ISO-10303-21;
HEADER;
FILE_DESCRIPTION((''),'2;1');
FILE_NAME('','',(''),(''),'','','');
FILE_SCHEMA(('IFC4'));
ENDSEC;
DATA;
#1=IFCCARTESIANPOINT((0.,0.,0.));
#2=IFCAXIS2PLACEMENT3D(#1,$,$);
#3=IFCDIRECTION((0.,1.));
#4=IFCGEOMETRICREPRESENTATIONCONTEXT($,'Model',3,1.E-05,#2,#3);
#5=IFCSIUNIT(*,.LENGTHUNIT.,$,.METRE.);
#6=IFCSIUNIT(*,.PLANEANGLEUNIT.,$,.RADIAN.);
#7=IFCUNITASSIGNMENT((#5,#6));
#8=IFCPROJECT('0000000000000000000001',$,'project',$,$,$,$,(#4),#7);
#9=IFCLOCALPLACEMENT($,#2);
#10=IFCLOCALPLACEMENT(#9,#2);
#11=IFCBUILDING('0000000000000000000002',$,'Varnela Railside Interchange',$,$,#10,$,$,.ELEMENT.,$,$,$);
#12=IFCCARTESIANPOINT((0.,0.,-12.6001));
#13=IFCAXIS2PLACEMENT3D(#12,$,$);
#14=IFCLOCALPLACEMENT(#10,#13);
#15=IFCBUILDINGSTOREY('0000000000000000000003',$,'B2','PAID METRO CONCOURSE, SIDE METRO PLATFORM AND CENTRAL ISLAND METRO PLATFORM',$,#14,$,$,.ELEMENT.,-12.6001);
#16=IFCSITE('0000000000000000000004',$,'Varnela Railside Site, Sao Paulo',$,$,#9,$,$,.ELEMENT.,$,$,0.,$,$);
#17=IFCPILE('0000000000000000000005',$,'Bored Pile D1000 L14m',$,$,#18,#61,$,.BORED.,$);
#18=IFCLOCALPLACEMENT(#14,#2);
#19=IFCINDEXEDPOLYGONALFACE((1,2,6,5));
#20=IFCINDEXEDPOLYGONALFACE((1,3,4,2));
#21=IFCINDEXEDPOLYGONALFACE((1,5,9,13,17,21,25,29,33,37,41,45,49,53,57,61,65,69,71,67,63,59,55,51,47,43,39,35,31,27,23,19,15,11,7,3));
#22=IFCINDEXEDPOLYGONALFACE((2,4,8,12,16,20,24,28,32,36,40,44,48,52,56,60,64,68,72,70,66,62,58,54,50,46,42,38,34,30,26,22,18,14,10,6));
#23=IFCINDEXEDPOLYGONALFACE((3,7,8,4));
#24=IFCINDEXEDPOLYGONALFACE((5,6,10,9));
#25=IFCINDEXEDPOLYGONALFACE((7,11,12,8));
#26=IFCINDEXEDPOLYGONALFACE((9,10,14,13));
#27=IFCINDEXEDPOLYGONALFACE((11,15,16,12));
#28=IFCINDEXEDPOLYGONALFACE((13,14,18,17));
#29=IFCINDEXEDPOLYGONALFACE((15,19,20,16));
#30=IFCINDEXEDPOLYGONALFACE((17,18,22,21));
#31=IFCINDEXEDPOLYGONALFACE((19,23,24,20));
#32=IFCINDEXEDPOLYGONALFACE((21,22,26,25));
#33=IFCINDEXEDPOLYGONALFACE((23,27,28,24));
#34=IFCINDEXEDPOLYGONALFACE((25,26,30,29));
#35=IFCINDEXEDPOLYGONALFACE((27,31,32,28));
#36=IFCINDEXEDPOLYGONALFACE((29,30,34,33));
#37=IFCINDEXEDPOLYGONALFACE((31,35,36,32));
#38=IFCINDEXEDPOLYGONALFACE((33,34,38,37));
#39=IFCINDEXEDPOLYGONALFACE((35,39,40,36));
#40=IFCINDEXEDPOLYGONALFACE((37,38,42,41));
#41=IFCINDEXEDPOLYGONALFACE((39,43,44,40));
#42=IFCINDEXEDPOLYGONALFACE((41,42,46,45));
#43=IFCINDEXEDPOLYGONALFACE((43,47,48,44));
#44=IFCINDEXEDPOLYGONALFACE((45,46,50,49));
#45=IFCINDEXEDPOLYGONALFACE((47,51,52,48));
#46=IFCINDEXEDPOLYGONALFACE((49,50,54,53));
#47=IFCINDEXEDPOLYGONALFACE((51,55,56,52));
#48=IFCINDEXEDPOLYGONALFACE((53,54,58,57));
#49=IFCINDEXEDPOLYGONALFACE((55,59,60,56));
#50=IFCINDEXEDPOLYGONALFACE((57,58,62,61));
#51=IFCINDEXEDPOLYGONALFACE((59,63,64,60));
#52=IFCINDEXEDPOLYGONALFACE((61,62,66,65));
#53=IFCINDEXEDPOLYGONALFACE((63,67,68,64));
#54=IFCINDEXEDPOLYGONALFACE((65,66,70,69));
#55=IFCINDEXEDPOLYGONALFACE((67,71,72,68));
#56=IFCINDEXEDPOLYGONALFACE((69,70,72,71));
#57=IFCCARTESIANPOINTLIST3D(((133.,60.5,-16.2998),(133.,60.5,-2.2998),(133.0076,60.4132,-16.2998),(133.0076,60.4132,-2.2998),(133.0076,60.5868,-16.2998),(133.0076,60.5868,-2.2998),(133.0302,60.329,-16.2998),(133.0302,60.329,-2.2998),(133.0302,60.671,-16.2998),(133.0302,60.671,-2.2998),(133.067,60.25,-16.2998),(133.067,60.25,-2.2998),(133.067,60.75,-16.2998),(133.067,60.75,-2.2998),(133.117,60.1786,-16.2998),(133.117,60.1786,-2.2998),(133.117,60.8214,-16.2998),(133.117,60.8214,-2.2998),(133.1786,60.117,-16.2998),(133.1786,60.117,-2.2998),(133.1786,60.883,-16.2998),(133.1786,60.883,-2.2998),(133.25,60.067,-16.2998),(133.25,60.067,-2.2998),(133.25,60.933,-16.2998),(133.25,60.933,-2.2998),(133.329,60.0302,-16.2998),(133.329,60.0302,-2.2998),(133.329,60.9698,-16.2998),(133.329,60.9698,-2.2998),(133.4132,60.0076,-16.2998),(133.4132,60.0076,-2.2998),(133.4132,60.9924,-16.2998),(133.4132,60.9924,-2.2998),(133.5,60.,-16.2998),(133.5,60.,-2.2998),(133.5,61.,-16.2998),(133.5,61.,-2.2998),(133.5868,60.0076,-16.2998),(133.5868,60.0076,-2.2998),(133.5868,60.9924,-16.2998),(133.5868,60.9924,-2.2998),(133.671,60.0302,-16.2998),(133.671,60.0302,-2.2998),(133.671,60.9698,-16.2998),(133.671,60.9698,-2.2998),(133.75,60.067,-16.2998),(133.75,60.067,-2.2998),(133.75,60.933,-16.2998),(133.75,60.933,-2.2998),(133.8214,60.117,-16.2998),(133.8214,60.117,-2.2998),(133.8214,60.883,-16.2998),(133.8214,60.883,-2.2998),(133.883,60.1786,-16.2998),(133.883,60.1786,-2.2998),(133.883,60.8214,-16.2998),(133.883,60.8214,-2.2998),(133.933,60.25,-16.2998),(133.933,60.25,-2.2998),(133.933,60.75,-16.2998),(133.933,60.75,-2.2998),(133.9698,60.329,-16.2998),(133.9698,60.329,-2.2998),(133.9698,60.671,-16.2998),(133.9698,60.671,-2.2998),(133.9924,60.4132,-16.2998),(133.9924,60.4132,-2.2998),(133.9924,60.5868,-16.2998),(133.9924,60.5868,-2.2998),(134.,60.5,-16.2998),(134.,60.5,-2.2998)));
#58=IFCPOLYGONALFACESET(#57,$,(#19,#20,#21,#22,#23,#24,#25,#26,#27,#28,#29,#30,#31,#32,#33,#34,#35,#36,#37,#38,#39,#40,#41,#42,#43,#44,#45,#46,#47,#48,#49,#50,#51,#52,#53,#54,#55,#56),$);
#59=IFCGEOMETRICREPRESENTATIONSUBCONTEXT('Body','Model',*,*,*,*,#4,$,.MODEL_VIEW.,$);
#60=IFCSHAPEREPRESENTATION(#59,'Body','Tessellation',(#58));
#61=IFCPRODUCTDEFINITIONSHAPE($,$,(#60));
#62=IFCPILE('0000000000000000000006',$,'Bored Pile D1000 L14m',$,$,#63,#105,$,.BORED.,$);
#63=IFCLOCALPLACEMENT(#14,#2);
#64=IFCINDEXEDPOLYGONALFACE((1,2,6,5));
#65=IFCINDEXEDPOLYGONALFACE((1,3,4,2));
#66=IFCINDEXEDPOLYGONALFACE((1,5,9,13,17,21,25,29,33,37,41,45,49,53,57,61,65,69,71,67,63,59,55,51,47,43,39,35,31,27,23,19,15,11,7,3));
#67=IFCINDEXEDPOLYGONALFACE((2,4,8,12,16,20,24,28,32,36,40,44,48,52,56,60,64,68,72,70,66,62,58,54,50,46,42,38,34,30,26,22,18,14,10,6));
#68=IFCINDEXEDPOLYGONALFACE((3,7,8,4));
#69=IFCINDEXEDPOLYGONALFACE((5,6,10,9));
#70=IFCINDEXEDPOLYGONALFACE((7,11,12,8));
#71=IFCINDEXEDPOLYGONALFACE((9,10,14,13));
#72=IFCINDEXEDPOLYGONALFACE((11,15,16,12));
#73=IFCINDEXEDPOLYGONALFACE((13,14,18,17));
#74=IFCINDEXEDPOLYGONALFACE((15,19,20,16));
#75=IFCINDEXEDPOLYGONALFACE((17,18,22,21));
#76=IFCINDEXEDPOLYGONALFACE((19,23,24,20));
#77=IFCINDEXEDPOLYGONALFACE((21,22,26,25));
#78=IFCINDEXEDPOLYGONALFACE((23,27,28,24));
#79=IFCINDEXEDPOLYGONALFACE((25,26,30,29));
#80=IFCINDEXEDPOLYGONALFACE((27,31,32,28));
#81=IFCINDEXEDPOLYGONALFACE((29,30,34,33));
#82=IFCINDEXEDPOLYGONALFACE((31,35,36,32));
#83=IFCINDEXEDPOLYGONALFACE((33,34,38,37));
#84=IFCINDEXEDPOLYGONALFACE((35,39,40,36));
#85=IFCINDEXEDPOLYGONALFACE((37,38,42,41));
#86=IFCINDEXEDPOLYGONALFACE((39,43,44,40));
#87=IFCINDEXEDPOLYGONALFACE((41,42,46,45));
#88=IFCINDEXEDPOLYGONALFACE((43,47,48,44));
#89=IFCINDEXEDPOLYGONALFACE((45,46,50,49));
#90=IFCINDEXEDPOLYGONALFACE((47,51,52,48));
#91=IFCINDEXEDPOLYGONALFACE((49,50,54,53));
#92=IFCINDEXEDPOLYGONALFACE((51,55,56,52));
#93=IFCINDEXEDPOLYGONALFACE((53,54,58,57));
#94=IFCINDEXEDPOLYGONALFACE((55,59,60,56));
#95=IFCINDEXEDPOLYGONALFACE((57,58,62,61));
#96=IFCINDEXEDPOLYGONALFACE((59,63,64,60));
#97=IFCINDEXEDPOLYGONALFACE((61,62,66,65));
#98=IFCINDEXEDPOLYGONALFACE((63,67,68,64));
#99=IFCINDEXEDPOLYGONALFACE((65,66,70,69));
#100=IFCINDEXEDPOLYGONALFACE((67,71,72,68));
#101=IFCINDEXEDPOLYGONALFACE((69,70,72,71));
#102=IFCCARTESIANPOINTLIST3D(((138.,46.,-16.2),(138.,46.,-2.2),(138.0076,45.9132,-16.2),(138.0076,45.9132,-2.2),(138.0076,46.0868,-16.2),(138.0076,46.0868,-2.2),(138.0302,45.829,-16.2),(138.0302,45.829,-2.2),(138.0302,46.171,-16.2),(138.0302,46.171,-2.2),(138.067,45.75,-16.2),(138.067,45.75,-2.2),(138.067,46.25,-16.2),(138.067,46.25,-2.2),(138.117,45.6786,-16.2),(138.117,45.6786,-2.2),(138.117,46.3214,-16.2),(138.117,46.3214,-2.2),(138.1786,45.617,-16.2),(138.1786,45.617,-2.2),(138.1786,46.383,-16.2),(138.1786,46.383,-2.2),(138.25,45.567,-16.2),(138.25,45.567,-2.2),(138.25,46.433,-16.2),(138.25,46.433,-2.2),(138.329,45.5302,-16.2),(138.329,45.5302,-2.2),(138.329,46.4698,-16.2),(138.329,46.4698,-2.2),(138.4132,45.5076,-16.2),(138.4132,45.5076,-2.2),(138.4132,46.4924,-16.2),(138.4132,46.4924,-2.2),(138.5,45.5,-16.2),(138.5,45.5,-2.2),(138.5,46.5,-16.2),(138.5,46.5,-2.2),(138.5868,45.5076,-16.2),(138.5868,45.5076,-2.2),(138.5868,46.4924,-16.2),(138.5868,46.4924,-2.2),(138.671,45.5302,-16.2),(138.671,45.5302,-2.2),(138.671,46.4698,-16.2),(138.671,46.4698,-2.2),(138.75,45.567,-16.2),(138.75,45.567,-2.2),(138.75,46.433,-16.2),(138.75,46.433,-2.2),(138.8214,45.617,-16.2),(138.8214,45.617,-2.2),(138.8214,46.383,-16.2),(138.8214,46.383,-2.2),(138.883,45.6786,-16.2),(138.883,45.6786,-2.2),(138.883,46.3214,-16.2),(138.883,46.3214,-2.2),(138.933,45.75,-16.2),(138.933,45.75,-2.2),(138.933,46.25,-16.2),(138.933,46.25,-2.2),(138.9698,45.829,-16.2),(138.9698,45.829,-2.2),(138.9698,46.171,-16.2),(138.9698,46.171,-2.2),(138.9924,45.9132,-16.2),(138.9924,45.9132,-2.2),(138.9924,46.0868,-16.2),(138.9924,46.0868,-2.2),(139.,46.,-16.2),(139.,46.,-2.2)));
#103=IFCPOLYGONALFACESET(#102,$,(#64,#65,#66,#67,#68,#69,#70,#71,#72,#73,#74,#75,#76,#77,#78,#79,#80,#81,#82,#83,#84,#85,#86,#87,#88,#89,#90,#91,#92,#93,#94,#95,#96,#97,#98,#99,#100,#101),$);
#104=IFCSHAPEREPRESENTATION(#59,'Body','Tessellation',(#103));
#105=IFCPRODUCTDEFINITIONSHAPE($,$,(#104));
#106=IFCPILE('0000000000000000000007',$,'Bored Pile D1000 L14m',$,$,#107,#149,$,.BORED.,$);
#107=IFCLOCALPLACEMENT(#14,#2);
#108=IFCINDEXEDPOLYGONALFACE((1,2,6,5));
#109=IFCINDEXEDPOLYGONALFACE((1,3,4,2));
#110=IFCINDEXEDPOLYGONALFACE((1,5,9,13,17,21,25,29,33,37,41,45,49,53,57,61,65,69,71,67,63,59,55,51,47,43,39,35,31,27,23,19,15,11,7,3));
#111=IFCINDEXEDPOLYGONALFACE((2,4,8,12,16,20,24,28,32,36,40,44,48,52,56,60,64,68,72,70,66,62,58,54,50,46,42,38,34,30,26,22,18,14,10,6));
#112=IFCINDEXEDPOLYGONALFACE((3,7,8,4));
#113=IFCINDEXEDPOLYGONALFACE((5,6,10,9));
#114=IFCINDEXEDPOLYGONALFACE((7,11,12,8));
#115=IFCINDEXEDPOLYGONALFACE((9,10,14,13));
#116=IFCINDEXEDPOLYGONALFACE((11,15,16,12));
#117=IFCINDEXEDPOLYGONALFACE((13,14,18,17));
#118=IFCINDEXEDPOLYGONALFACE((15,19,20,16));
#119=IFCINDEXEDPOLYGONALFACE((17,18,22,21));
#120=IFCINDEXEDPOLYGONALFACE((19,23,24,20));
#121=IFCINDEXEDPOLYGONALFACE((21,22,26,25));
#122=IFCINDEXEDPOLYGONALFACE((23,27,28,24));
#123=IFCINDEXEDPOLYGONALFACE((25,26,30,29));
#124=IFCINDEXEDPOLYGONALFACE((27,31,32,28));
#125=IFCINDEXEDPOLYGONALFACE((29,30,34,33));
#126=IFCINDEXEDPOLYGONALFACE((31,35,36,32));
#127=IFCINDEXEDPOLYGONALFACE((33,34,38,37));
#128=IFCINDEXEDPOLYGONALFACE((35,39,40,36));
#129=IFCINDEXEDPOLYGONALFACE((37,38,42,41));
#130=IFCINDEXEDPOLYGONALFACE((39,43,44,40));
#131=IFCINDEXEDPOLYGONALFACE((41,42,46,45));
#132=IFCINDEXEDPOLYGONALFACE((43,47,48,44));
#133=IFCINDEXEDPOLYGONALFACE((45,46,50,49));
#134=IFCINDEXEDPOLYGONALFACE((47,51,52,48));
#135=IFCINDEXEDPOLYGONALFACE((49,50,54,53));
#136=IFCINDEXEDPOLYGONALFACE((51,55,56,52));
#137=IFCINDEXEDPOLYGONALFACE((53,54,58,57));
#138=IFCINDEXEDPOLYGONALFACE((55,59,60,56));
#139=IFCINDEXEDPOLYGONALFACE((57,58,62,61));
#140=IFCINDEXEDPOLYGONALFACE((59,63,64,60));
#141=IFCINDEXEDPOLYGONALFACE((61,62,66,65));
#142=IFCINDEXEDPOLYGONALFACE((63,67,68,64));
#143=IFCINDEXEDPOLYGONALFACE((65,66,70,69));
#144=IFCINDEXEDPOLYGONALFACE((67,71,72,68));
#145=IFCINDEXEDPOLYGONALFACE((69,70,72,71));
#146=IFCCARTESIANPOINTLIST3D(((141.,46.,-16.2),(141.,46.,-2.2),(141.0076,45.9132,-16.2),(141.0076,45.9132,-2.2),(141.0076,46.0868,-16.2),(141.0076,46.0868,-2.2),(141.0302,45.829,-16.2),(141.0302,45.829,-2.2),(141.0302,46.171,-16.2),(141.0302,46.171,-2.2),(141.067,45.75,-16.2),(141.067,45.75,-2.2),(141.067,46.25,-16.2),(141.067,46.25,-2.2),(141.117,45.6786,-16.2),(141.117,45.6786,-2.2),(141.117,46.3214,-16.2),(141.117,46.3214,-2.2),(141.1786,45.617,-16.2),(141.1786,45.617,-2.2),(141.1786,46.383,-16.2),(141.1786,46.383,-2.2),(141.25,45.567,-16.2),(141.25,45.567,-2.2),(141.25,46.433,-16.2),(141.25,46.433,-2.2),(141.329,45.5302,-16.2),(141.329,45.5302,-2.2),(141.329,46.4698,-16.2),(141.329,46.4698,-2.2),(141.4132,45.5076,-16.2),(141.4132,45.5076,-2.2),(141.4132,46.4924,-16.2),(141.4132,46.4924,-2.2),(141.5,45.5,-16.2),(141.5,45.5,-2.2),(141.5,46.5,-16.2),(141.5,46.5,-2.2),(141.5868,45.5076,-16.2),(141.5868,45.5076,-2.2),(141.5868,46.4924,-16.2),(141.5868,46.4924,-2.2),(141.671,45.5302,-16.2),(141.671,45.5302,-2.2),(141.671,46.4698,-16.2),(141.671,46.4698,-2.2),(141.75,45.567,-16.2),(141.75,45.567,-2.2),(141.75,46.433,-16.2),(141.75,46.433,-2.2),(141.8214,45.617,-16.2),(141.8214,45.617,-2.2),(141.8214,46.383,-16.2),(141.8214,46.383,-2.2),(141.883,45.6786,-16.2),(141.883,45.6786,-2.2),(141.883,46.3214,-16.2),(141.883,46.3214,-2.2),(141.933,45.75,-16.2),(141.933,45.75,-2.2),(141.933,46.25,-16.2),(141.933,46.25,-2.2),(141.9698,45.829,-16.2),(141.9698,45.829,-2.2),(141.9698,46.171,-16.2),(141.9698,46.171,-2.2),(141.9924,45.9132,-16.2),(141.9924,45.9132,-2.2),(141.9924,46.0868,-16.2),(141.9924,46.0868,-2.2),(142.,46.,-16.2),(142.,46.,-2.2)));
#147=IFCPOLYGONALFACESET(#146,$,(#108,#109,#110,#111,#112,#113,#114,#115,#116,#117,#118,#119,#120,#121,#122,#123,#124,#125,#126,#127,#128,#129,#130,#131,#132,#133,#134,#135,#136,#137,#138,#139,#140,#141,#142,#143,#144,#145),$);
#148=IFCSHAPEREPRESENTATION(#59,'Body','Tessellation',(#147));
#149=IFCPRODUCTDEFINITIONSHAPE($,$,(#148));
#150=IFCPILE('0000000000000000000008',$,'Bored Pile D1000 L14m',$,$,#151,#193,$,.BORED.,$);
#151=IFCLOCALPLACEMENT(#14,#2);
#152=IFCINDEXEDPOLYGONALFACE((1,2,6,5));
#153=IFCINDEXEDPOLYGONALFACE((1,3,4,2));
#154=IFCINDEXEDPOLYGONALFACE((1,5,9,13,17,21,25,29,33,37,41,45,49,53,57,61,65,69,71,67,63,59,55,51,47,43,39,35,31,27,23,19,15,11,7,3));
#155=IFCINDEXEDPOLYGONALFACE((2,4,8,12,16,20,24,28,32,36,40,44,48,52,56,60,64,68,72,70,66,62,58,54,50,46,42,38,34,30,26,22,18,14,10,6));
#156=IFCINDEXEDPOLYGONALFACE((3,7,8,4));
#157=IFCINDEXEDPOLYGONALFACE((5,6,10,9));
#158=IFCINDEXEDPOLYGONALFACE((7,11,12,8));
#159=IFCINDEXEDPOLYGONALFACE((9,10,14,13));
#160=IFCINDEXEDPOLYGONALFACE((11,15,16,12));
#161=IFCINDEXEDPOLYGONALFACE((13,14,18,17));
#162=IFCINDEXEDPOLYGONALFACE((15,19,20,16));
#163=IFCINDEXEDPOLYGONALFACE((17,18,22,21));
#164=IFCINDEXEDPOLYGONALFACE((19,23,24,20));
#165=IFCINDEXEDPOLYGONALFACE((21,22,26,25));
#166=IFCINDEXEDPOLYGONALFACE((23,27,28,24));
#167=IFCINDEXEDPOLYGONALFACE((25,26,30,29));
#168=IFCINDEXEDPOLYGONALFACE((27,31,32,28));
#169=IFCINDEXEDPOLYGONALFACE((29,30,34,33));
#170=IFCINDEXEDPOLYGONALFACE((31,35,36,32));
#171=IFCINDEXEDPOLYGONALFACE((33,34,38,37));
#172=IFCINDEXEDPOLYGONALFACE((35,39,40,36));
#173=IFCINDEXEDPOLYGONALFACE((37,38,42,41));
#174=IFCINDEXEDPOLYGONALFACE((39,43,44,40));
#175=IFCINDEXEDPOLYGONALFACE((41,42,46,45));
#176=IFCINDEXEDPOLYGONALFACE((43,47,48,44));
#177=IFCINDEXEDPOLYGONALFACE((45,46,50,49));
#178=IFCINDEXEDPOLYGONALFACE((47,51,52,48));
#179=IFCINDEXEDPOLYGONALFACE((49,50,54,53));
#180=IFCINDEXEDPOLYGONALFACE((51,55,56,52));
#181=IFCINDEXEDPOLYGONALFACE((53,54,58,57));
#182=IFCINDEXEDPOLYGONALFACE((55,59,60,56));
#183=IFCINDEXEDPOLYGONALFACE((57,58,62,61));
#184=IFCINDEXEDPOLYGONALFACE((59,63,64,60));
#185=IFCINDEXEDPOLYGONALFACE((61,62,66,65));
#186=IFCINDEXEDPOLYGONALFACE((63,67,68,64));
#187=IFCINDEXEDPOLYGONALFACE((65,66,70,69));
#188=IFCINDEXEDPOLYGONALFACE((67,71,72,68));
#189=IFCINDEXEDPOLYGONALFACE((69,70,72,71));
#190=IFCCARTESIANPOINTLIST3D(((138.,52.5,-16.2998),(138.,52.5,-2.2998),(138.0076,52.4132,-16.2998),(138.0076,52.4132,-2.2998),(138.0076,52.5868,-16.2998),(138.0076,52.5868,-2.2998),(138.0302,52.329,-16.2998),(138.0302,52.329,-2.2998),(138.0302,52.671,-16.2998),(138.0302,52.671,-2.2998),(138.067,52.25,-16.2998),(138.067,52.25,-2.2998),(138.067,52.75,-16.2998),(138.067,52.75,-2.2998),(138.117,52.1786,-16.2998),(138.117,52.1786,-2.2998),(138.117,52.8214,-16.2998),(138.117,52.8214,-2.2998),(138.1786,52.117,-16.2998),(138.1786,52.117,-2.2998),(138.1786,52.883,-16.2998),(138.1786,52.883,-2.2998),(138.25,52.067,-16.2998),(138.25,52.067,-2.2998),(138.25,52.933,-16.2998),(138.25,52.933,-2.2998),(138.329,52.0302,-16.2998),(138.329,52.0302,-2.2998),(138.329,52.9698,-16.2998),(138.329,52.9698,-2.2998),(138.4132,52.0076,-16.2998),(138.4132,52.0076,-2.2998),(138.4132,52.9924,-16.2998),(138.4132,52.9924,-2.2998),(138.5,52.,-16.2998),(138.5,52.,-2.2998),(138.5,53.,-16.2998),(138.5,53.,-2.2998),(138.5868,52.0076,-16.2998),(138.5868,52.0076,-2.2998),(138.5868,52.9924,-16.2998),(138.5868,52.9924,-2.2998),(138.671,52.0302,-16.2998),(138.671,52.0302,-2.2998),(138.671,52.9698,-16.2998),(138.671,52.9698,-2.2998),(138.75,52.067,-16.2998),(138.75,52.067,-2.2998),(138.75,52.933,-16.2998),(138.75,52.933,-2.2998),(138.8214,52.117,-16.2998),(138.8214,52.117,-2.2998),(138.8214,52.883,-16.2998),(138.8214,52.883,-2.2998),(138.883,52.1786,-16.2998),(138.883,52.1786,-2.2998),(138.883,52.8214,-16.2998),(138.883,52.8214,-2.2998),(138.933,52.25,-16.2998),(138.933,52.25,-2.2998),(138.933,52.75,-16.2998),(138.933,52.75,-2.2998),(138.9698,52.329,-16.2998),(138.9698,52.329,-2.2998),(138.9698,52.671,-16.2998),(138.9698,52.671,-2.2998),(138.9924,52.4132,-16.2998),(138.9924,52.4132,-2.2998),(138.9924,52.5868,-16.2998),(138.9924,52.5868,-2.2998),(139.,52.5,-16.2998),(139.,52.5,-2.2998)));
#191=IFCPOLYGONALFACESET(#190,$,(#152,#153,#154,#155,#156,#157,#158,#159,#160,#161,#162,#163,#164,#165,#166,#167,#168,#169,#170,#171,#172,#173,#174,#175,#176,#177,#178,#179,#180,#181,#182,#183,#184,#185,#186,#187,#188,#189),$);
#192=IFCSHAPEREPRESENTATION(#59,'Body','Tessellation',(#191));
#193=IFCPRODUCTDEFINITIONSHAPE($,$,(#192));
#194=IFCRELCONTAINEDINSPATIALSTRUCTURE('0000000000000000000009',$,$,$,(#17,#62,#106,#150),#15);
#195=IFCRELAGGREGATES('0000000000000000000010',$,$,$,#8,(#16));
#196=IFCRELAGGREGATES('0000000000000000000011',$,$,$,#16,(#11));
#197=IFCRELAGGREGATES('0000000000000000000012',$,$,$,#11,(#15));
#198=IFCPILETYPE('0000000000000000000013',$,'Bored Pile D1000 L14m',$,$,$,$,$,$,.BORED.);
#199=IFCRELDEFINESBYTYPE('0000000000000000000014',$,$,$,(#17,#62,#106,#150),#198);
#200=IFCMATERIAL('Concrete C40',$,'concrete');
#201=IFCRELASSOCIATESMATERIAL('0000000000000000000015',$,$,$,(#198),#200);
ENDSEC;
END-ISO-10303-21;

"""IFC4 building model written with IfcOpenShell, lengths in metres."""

from ifc_helpers import new_model, si_unit, direction, frame, origin, origin_2d, place, context, subcontext, project, spatial, circle, extrude, material, material_profile, profile_set, type_object, element, save


model = new_model("IFC4")

# Units and contexts
model_context = context("Model", 3, precision=1e-05, world=origin(), true_north=direction((0.0, 1.0)))
body_context = subcontext(model_context, "Body", "Model", "MODEL_VIEW")
ifc_project = project(units=[si_unit("LENGTHUNIT", "METRE"), si_unit("PLANEANGLEUNIT", "RADIAN")], contexts=[model_context])

# Site, building, storey
site_placement = place(None, origin())
site = spatial("IfcSite", under=ifc_project, at=site_placement, Name="Varnela Railside Site, Sao Paulo", CompositionType="ELEMENT", RefElevation=0.0)
building_placement = place(site_placement, origin())
building = spatial("IfcBuilding", under=site, at=building_placement, Name="Varnela Railside Interchange", CompositionType="ELEMENT")
storey_placement = place(building_placement, frame((0.0, 0.0, -12.6001)))
storey = spatial("IfcBuildingStorey", under=building, at=storey_placement, Name="B2", Description="PAID METRO CONCOURSE, SIDE METRO PLATFORM AND CENTRAL ISLAND METRO PLATFORM", CompositionType="ELEMENT", Elevation=-12.6001)

# Piles
ifc_material_1 = material(Name="Concrete C40", Category="concrete")
ifc_material_profile_1 = material_profile(ifc_material_1, circle(Radius=0.5, at=origin_2d()), Name="BORED PILE D1000")
ifc_profile_set_1 = profile_set([ifc_material_profile_1], Name="Concrete C40")
pile_type_1 = type_object("IfcPileType", Name="Bored Pile D1000 L14m", PredefinedType="BORED", material=ifc_profile_set_1)
for number, where, z_axis, x_axis, name in (
    (1, (133.5, 60.5, -2.2998), (0.0, 0.0, -1.0), (1.0, 0.0, 0.0), "Bored Pile D1000 L14m"),
    (2, (138.5, 46.0, -2.2), (0.0, 0.0, -1.0), (1.0, 0.0, 0.0), "Bored Pile D1000 L14m"),
    (3, (141.5, 46.0, -2.2), (0.0, 0.0, -1.0), (1.0, 0.0, 0.0), "Bored Pile D1000 L14m"),
    (4, (138.5, 52.5, -2.2998), (0.0, 0.0, -1.0), (1.0, 0.0, 0.0), "Bored Pile D1000 L14m"),
):
    element("IfcPile", number, at=place(storey_placement, frame(where, z_axis=z_axis, x_axis=x_axis)), inside=storey, type_object=pile_type_1, Name=name, PredefinedType="BORED", context=body_context, shape_type="SweptSolid", body=[
        extrude(circle(Radius=0.5, at=origin_2d()), origin(), (0.0, 0.0, 1.0), 14.0),
    ])

save(model, "model.ifc")
